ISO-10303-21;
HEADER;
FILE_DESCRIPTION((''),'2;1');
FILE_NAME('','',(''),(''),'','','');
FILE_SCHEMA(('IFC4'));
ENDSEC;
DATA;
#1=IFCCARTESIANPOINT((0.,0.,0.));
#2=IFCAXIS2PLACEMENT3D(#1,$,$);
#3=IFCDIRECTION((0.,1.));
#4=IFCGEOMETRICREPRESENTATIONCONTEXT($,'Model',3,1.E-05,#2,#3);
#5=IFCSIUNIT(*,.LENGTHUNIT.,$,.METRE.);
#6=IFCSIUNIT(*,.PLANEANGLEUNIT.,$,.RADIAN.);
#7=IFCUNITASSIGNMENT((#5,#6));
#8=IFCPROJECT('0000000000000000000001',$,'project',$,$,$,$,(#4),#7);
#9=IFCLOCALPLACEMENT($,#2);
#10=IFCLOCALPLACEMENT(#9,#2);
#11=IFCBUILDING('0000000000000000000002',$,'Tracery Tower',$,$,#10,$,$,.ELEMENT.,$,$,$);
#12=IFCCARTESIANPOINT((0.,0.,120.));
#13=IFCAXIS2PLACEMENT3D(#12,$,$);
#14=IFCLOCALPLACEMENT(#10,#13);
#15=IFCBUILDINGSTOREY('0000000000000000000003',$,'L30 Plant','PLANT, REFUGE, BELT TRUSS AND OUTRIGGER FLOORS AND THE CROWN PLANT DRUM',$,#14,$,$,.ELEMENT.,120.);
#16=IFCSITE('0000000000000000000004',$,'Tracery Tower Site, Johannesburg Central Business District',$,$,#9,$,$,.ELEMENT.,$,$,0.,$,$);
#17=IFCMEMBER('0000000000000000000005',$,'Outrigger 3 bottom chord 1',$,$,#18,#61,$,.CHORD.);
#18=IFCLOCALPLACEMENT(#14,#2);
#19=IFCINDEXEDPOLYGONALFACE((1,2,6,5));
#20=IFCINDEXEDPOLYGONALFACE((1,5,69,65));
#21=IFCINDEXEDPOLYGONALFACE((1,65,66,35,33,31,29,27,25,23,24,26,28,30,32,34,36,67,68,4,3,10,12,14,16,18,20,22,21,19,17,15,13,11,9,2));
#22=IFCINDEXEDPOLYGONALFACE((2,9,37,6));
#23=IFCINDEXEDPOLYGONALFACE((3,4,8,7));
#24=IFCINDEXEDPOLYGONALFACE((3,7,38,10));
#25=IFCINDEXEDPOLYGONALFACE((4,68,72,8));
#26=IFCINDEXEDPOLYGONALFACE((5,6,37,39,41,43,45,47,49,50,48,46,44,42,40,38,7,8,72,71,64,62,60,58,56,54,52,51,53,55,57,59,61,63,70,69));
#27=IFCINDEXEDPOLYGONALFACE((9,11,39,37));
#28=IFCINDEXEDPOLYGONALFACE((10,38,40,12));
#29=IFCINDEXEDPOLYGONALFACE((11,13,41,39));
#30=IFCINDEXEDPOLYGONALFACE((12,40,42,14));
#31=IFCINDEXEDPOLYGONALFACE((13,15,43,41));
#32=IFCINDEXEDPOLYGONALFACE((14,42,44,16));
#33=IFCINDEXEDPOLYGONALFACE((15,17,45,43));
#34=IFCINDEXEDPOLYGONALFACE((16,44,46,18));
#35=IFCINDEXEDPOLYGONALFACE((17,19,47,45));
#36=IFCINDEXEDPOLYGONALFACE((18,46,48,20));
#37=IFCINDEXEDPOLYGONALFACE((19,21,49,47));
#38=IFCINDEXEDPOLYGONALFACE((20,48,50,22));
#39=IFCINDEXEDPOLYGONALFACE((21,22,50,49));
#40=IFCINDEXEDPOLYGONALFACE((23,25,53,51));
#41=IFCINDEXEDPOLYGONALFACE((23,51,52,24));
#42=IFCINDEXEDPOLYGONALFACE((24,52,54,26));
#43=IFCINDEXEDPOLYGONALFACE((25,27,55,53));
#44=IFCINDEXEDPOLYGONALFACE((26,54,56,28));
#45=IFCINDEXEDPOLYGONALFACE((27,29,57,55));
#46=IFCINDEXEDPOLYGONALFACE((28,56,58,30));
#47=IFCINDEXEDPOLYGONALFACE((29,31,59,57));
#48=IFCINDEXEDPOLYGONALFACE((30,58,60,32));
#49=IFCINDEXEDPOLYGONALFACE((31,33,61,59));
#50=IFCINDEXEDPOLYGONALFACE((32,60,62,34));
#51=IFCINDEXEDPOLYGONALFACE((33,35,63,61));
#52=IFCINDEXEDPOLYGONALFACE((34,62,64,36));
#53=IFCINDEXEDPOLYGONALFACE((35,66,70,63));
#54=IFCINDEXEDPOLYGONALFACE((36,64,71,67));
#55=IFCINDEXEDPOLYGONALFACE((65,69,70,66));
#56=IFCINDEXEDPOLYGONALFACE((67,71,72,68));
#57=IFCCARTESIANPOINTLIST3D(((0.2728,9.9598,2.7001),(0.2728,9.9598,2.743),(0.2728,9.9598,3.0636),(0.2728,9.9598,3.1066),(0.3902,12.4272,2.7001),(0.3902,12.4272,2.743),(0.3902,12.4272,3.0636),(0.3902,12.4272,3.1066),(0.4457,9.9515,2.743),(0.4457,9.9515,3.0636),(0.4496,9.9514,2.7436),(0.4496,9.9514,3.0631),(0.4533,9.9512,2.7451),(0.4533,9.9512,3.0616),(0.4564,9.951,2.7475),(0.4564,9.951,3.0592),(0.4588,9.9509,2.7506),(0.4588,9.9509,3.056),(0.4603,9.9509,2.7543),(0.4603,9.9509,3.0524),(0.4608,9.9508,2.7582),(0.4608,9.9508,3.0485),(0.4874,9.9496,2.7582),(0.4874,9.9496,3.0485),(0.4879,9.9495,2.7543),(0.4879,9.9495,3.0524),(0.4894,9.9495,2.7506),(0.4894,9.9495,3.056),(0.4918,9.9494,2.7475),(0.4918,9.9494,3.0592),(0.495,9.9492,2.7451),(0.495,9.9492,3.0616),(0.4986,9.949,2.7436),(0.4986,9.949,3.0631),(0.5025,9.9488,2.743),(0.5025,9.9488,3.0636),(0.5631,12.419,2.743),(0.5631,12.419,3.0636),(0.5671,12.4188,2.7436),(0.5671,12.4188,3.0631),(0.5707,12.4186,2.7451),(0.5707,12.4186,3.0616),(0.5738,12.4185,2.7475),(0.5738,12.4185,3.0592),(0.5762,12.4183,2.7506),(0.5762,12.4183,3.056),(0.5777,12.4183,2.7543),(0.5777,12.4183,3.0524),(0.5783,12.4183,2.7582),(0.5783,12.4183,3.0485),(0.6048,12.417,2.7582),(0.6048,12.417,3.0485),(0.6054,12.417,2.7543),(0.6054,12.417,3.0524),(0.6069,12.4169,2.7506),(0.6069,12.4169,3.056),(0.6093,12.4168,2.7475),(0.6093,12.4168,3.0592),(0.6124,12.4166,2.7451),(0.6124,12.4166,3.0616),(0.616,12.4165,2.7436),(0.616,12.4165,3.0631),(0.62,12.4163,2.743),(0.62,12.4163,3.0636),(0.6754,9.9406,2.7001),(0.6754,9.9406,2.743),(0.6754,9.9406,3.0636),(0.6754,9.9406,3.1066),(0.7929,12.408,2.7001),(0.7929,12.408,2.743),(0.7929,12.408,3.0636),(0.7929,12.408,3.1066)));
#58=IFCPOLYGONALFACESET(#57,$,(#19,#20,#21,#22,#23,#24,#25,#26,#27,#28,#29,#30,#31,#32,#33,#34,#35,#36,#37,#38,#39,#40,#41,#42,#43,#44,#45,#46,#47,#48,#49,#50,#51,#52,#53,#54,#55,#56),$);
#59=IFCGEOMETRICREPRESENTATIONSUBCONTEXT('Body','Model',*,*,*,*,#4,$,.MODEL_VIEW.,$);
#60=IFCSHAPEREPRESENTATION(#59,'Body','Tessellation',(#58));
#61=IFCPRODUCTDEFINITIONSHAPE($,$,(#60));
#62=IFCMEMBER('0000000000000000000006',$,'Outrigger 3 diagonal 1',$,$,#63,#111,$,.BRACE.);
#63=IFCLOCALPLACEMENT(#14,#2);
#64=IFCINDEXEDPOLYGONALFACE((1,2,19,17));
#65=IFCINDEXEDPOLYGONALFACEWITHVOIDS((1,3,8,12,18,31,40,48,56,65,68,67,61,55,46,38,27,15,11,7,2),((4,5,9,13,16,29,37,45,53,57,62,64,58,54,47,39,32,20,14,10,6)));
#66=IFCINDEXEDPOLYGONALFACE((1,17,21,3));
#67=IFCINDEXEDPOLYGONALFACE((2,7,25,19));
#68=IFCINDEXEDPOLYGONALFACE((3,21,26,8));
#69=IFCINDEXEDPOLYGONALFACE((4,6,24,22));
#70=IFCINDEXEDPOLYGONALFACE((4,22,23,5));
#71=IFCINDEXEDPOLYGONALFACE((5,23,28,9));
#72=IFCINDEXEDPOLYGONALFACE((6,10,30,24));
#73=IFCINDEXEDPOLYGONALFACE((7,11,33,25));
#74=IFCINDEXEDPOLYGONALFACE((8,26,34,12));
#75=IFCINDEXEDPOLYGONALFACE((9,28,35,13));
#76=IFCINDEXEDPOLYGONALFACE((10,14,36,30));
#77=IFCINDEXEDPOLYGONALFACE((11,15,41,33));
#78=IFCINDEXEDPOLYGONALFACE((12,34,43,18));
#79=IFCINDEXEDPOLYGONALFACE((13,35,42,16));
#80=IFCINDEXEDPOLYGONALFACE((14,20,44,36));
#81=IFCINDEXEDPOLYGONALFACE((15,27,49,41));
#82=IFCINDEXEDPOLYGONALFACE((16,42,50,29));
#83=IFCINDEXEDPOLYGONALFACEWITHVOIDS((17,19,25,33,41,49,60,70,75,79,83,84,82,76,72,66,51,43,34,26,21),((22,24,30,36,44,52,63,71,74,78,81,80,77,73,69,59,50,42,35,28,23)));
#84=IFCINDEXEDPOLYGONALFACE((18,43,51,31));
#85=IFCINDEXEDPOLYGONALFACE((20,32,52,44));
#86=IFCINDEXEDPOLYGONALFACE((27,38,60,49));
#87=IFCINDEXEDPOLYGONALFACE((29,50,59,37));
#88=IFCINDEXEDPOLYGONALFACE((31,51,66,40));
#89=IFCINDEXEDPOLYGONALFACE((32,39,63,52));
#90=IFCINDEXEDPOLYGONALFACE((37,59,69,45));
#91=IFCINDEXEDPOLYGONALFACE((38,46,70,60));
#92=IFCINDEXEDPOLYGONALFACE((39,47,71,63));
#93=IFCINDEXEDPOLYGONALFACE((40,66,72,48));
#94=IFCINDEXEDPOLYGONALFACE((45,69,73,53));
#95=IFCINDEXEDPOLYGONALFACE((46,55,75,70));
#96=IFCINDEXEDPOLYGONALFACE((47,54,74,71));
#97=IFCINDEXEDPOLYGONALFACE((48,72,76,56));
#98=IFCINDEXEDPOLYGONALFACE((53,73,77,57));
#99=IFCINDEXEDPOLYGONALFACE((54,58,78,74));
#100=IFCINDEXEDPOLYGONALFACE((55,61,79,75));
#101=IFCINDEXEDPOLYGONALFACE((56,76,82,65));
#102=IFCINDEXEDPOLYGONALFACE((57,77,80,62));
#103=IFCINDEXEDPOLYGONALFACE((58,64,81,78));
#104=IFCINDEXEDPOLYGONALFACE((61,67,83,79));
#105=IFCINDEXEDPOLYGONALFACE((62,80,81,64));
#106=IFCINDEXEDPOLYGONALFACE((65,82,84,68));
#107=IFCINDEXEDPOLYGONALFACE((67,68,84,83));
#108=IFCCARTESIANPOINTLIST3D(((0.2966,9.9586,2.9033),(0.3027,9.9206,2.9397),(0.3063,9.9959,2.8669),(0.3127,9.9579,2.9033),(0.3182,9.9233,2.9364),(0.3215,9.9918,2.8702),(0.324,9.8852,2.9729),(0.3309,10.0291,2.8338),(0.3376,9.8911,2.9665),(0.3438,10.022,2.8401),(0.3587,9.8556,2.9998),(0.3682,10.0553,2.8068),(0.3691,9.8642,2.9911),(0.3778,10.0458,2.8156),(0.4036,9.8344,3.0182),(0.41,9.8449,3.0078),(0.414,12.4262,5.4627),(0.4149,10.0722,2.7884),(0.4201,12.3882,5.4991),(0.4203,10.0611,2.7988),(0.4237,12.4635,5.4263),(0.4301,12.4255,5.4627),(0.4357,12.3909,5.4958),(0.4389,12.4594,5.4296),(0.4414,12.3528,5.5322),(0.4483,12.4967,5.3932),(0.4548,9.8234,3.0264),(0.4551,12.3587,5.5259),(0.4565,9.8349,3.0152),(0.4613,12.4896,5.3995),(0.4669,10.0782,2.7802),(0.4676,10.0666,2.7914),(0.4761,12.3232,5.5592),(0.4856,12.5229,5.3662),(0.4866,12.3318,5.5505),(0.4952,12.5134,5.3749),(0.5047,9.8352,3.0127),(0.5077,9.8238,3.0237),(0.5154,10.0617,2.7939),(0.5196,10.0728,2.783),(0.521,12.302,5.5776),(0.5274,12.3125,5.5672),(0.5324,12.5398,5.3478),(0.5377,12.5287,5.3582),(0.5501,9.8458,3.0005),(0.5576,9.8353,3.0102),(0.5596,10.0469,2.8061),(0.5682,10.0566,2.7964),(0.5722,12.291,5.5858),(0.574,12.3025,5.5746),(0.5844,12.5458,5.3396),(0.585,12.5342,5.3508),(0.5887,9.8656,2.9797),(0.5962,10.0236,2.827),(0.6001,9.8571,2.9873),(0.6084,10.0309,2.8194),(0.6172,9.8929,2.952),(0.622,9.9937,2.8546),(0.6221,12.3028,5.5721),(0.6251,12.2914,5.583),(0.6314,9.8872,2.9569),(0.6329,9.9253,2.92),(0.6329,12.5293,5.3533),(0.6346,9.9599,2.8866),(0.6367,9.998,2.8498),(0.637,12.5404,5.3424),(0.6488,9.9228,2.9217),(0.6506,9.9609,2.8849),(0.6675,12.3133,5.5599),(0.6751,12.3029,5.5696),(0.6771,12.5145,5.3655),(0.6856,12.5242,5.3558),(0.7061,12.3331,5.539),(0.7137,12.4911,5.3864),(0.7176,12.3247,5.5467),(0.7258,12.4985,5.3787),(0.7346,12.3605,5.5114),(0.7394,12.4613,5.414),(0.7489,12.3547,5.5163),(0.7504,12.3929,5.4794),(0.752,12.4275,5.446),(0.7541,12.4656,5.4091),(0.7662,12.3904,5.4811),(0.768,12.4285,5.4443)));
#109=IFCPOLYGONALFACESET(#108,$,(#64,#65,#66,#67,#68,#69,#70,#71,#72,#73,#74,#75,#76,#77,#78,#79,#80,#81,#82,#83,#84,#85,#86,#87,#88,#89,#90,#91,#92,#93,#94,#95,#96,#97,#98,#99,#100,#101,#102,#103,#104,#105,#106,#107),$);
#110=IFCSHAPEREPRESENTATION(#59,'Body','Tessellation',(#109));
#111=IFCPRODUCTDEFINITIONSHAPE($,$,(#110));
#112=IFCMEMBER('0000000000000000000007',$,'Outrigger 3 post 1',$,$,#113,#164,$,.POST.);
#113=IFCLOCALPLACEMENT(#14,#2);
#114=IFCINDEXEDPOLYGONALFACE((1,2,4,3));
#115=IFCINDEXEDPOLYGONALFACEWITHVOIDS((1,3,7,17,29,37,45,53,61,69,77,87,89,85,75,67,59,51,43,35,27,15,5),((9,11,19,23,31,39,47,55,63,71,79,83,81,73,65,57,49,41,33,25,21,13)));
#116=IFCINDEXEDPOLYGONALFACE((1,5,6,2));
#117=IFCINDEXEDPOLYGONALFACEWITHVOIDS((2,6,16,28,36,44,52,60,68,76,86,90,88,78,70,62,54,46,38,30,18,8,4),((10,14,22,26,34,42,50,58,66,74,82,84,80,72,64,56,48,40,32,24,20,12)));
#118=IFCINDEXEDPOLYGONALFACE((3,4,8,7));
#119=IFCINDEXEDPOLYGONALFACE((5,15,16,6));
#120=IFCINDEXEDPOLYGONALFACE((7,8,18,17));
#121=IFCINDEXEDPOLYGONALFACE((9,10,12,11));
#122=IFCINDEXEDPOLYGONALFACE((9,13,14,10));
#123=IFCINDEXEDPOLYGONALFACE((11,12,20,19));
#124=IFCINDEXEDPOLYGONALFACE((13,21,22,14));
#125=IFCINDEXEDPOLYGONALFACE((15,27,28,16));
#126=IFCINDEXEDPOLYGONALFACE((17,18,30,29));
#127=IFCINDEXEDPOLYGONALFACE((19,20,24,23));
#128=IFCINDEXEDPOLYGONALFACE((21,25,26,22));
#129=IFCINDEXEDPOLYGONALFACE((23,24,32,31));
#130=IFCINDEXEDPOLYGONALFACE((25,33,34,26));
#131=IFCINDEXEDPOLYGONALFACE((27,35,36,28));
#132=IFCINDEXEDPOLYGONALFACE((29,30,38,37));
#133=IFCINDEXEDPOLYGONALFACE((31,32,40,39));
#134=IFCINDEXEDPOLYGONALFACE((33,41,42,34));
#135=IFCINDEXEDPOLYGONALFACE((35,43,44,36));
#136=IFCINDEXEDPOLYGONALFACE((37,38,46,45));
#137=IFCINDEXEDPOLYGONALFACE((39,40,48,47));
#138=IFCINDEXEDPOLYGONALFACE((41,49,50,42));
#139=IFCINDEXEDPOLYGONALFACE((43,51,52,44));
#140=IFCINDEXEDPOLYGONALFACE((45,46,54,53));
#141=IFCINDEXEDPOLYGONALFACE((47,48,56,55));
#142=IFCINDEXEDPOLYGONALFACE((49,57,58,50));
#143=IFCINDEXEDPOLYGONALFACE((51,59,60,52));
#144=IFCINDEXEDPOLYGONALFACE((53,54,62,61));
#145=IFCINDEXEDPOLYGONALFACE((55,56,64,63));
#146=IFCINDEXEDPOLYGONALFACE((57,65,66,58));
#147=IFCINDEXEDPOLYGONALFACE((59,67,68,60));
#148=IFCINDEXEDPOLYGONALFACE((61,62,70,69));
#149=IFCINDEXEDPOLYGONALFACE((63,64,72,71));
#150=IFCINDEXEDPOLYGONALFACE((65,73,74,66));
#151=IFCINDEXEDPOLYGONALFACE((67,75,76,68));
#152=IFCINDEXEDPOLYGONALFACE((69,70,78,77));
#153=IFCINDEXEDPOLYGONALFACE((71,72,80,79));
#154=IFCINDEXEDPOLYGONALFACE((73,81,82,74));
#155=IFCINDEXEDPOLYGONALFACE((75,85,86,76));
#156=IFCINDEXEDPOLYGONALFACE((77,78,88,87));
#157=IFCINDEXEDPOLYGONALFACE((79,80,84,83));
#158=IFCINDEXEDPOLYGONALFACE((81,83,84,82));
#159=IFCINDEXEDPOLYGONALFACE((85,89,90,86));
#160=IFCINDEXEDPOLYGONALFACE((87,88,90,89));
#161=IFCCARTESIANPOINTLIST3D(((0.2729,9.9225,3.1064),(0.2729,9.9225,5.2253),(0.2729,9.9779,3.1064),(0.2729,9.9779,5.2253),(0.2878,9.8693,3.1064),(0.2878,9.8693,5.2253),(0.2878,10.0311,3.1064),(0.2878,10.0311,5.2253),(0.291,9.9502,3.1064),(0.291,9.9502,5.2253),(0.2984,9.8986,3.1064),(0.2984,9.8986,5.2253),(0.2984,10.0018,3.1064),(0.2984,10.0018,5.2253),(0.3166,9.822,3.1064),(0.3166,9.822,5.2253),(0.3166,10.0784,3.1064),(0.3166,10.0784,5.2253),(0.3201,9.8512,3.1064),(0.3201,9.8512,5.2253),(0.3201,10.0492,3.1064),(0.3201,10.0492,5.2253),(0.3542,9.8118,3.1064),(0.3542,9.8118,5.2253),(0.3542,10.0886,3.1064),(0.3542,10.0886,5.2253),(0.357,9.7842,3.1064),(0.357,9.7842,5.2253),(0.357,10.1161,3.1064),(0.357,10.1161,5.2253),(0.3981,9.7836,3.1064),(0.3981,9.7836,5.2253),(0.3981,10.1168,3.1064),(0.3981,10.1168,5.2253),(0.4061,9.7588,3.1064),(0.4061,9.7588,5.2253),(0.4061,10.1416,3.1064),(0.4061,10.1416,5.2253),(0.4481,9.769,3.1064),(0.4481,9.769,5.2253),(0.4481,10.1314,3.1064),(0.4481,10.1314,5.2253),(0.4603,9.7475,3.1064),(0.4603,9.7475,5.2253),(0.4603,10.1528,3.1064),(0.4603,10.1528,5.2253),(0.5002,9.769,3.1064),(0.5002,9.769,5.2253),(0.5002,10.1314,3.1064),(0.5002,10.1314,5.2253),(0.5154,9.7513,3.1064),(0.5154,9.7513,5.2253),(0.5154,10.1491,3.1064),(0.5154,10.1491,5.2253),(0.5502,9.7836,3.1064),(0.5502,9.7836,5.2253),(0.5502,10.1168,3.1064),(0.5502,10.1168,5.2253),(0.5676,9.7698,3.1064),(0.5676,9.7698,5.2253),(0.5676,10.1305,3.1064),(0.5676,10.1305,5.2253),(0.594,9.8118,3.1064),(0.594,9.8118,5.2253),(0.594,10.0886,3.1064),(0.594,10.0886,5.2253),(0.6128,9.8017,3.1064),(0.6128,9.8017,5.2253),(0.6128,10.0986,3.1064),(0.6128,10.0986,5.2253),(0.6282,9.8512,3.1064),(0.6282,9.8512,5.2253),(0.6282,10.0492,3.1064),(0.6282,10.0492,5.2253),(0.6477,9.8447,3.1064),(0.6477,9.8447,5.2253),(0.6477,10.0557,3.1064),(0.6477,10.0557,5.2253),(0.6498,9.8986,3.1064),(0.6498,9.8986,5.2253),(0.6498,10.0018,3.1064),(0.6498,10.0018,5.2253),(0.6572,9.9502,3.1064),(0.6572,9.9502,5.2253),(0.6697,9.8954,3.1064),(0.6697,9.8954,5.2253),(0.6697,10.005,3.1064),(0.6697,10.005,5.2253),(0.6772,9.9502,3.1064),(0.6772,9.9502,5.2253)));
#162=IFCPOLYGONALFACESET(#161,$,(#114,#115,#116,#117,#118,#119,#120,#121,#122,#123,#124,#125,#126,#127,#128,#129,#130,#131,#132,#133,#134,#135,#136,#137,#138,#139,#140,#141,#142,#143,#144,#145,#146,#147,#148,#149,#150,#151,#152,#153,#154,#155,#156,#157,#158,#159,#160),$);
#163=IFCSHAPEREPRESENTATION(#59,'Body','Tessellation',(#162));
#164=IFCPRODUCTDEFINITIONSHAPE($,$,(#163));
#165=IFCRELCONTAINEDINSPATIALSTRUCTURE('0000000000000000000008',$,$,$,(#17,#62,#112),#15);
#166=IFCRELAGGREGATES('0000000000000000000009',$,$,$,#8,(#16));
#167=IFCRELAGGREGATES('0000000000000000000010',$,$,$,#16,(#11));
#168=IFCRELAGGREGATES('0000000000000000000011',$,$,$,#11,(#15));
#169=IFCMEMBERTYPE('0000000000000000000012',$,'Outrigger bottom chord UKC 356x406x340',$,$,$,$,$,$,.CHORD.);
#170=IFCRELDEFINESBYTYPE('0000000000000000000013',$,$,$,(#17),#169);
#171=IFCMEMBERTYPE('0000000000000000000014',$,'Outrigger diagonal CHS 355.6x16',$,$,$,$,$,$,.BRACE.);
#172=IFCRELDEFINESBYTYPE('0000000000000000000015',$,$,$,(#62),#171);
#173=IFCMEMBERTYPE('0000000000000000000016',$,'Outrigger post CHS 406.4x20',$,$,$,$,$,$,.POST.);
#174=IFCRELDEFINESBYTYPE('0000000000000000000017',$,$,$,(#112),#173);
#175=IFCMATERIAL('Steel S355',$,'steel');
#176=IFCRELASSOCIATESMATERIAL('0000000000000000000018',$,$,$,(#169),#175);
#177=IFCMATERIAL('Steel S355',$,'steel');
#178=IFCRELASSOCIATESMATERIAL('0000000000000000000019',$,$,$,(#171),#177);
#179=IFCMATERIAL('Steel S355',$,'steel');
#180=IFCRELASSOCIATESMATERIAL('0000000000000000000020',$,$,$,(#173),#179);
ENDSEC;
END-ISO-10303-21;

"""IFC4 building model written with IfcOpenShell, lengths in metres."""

from ifc_helpers import new_model, si_unit, direction, frame, origin, origin_2d, place, context, subcontext, project, spatial, hollow_circle, i_section, extrude, material, material_profile, profile_set, type_object, element, save


model = new_model("IFC4")

# Units and contexts
model_context = context("Model", 3, precision=1e-05, world=origin(), true_north=direction((0.0, 1.0)))
body_context = subcontext(model_context, "Body", "Model", "MODEL_VIEW")
ifc_project = project(units=[si_unit("LENGTHUNIT", "METRE"), si_unit("PLANEANGLEUNIT", "RADIAN")], contexts=[model_context])

# Site, building, storey
site_placement = place(None, origin())
site = spatial("IfcSite", under=ifc_project, at=site_placement, Name="Tracery Tower Site, Johannesburg Central Business District", CompositionType="ELEMENT", RefElevation=0.0)
building_placement = place(site_placement, origin())
building = spatial("IfcBuilding", under=site, at=building_placement, Name="Tracery Tower", CompositionType="ELEMENT")
storey_placement = place(building_placement, frame((0.0, 0.0, 120.0)))
storey = spatial("IfcBuildingStorey", under=building, at=storey_placement, Name="L30 Plant", Description="PLANT, REFUGE, BELT TRUSS AND OUTRIGGER FLOORS AND THE CROWN PLANT DRUM", CompositionType="ELEMENT", Elevation=120.0)

# Members
ifc_material_1 = material(Name="Steel S355", Category="steel")
ifc_material_profile_1 = material_profile(ifc_material_1, i_section(OverallWidth=0.4031, OverallDepth=0.4065, WebThickness=0.0266, FlangeThickness=0.043, FilletRadius=0.0151, at=origin_2d()), Name="UKC 356x406x340")
ifc_profile_set_1 = profile_set([ifc_material_profile_1], Name="Steel S355")
member_type_1 = type_object("IfcMemberType", Name="Outrigger bottom chord UKC 356x406x340", PredefinedType="CHORD", material=ifc_profile_set_1)
member_1_placement = place(storey_placement, frame((0.4741, 9.9502, 2.9033), z_axis=(0.047537, 0.998869, 0.0), x_axis=(-0.998869, 0.047537, 0.0)))
element("IfcMember", 1, at=member_1_placement, inside=storey, type_object=member_type_1, Name="Outrigger 3 bottom chord 1", PredefinedType="CHORD", context=body_context, shape_type="SweptSolid", body=[
    extrude(i_section(OverallWidth=0.4031, OverallDepth=0.4065, WebThickness=0.0266, FlangeThickness=0.043, FilletRadius=0.0151, at=origin_2d()), origin(), (0.0, 0.0, 1.0), 2.4702),
])
ifc_material_2 = material(Name="Steel S355", Category="steel")
ifc_material_profile_2 = material_profile(ifc_material_2, hollow_circle(Radius=0.1777, WallThickness=0.0161, at=origin_2d()), Name="CHS 355.6x16")
ifc_profile_set_2 = profile_set([ifc_material_profile_2], Name="Steel S355")
member_type_2 = type_object("IfcMemberType", Name="Outrigger diagonal CHS 355.6x16", PredefinedType="BRACE", material=ifc_profile_set_2)
member_2_placement = place(storey_placement, frame((0.4741, 9.9502, 2.9033), z_axis=(0.033014, 0.6937, 0.719507), x_axis=(-0.998869, 0.047537, 0.0)))
element("IfcMember", 2, at=member_2_placement, inside=storey, type_object=member_type_2, Name="Outrigger 3 diagonal 1", PredefinedType="BRACE", context=body_context, shape_type="SweptSolid", body=[
    extrude(hollow_circle(Radius=0.1777, WallThickness=0.0161, at=origin_2d()), origin(), (0.0, 0.0, 1.0), 3.5571),
])
ifc_material_3 = material(Name="Steel S355", Category="steel")
ifc_material_profile_3 = material_profile(ifc_material_3, hollow_circle(Radius=0.2031, WallThickness=0.02, at=origin_2d()), Name="CHS 406.4x20")
ifc_profile_set_3 = profile_set([ifc_material_profile_3], Name="Steel S355")
member_type_3 = type_object("IfcMemberType", Name="Outrigger post CHS 406.4x20", PredefinedType="POST", material=ifc_profile_set_3)
for number, where, z_axis, x_axis, name in (
    (3, (0.4741, 9.9502, 3.1064), (0.0, 0.0, 1.0), (1.0, 0.0, 0.0), "Outrigger 3 post 1"),
):
    element("IfcMember", number, at=place(storey_placement, frame(where, z_axis=z_axis, x_axis=x_axis)), inside=storey, type_object=member_type_3, Name=name, PredefinedType="POST", context=body_context, shape_type="SweptSolid", body=[
        extrude(hollow_circle(Radius=0.2031, WallThickness=0.02, at=origin_2d()), origin(), (0.0, 0.0, 1.0), 2.1189),
    ])

save(model, "model.ifc")
